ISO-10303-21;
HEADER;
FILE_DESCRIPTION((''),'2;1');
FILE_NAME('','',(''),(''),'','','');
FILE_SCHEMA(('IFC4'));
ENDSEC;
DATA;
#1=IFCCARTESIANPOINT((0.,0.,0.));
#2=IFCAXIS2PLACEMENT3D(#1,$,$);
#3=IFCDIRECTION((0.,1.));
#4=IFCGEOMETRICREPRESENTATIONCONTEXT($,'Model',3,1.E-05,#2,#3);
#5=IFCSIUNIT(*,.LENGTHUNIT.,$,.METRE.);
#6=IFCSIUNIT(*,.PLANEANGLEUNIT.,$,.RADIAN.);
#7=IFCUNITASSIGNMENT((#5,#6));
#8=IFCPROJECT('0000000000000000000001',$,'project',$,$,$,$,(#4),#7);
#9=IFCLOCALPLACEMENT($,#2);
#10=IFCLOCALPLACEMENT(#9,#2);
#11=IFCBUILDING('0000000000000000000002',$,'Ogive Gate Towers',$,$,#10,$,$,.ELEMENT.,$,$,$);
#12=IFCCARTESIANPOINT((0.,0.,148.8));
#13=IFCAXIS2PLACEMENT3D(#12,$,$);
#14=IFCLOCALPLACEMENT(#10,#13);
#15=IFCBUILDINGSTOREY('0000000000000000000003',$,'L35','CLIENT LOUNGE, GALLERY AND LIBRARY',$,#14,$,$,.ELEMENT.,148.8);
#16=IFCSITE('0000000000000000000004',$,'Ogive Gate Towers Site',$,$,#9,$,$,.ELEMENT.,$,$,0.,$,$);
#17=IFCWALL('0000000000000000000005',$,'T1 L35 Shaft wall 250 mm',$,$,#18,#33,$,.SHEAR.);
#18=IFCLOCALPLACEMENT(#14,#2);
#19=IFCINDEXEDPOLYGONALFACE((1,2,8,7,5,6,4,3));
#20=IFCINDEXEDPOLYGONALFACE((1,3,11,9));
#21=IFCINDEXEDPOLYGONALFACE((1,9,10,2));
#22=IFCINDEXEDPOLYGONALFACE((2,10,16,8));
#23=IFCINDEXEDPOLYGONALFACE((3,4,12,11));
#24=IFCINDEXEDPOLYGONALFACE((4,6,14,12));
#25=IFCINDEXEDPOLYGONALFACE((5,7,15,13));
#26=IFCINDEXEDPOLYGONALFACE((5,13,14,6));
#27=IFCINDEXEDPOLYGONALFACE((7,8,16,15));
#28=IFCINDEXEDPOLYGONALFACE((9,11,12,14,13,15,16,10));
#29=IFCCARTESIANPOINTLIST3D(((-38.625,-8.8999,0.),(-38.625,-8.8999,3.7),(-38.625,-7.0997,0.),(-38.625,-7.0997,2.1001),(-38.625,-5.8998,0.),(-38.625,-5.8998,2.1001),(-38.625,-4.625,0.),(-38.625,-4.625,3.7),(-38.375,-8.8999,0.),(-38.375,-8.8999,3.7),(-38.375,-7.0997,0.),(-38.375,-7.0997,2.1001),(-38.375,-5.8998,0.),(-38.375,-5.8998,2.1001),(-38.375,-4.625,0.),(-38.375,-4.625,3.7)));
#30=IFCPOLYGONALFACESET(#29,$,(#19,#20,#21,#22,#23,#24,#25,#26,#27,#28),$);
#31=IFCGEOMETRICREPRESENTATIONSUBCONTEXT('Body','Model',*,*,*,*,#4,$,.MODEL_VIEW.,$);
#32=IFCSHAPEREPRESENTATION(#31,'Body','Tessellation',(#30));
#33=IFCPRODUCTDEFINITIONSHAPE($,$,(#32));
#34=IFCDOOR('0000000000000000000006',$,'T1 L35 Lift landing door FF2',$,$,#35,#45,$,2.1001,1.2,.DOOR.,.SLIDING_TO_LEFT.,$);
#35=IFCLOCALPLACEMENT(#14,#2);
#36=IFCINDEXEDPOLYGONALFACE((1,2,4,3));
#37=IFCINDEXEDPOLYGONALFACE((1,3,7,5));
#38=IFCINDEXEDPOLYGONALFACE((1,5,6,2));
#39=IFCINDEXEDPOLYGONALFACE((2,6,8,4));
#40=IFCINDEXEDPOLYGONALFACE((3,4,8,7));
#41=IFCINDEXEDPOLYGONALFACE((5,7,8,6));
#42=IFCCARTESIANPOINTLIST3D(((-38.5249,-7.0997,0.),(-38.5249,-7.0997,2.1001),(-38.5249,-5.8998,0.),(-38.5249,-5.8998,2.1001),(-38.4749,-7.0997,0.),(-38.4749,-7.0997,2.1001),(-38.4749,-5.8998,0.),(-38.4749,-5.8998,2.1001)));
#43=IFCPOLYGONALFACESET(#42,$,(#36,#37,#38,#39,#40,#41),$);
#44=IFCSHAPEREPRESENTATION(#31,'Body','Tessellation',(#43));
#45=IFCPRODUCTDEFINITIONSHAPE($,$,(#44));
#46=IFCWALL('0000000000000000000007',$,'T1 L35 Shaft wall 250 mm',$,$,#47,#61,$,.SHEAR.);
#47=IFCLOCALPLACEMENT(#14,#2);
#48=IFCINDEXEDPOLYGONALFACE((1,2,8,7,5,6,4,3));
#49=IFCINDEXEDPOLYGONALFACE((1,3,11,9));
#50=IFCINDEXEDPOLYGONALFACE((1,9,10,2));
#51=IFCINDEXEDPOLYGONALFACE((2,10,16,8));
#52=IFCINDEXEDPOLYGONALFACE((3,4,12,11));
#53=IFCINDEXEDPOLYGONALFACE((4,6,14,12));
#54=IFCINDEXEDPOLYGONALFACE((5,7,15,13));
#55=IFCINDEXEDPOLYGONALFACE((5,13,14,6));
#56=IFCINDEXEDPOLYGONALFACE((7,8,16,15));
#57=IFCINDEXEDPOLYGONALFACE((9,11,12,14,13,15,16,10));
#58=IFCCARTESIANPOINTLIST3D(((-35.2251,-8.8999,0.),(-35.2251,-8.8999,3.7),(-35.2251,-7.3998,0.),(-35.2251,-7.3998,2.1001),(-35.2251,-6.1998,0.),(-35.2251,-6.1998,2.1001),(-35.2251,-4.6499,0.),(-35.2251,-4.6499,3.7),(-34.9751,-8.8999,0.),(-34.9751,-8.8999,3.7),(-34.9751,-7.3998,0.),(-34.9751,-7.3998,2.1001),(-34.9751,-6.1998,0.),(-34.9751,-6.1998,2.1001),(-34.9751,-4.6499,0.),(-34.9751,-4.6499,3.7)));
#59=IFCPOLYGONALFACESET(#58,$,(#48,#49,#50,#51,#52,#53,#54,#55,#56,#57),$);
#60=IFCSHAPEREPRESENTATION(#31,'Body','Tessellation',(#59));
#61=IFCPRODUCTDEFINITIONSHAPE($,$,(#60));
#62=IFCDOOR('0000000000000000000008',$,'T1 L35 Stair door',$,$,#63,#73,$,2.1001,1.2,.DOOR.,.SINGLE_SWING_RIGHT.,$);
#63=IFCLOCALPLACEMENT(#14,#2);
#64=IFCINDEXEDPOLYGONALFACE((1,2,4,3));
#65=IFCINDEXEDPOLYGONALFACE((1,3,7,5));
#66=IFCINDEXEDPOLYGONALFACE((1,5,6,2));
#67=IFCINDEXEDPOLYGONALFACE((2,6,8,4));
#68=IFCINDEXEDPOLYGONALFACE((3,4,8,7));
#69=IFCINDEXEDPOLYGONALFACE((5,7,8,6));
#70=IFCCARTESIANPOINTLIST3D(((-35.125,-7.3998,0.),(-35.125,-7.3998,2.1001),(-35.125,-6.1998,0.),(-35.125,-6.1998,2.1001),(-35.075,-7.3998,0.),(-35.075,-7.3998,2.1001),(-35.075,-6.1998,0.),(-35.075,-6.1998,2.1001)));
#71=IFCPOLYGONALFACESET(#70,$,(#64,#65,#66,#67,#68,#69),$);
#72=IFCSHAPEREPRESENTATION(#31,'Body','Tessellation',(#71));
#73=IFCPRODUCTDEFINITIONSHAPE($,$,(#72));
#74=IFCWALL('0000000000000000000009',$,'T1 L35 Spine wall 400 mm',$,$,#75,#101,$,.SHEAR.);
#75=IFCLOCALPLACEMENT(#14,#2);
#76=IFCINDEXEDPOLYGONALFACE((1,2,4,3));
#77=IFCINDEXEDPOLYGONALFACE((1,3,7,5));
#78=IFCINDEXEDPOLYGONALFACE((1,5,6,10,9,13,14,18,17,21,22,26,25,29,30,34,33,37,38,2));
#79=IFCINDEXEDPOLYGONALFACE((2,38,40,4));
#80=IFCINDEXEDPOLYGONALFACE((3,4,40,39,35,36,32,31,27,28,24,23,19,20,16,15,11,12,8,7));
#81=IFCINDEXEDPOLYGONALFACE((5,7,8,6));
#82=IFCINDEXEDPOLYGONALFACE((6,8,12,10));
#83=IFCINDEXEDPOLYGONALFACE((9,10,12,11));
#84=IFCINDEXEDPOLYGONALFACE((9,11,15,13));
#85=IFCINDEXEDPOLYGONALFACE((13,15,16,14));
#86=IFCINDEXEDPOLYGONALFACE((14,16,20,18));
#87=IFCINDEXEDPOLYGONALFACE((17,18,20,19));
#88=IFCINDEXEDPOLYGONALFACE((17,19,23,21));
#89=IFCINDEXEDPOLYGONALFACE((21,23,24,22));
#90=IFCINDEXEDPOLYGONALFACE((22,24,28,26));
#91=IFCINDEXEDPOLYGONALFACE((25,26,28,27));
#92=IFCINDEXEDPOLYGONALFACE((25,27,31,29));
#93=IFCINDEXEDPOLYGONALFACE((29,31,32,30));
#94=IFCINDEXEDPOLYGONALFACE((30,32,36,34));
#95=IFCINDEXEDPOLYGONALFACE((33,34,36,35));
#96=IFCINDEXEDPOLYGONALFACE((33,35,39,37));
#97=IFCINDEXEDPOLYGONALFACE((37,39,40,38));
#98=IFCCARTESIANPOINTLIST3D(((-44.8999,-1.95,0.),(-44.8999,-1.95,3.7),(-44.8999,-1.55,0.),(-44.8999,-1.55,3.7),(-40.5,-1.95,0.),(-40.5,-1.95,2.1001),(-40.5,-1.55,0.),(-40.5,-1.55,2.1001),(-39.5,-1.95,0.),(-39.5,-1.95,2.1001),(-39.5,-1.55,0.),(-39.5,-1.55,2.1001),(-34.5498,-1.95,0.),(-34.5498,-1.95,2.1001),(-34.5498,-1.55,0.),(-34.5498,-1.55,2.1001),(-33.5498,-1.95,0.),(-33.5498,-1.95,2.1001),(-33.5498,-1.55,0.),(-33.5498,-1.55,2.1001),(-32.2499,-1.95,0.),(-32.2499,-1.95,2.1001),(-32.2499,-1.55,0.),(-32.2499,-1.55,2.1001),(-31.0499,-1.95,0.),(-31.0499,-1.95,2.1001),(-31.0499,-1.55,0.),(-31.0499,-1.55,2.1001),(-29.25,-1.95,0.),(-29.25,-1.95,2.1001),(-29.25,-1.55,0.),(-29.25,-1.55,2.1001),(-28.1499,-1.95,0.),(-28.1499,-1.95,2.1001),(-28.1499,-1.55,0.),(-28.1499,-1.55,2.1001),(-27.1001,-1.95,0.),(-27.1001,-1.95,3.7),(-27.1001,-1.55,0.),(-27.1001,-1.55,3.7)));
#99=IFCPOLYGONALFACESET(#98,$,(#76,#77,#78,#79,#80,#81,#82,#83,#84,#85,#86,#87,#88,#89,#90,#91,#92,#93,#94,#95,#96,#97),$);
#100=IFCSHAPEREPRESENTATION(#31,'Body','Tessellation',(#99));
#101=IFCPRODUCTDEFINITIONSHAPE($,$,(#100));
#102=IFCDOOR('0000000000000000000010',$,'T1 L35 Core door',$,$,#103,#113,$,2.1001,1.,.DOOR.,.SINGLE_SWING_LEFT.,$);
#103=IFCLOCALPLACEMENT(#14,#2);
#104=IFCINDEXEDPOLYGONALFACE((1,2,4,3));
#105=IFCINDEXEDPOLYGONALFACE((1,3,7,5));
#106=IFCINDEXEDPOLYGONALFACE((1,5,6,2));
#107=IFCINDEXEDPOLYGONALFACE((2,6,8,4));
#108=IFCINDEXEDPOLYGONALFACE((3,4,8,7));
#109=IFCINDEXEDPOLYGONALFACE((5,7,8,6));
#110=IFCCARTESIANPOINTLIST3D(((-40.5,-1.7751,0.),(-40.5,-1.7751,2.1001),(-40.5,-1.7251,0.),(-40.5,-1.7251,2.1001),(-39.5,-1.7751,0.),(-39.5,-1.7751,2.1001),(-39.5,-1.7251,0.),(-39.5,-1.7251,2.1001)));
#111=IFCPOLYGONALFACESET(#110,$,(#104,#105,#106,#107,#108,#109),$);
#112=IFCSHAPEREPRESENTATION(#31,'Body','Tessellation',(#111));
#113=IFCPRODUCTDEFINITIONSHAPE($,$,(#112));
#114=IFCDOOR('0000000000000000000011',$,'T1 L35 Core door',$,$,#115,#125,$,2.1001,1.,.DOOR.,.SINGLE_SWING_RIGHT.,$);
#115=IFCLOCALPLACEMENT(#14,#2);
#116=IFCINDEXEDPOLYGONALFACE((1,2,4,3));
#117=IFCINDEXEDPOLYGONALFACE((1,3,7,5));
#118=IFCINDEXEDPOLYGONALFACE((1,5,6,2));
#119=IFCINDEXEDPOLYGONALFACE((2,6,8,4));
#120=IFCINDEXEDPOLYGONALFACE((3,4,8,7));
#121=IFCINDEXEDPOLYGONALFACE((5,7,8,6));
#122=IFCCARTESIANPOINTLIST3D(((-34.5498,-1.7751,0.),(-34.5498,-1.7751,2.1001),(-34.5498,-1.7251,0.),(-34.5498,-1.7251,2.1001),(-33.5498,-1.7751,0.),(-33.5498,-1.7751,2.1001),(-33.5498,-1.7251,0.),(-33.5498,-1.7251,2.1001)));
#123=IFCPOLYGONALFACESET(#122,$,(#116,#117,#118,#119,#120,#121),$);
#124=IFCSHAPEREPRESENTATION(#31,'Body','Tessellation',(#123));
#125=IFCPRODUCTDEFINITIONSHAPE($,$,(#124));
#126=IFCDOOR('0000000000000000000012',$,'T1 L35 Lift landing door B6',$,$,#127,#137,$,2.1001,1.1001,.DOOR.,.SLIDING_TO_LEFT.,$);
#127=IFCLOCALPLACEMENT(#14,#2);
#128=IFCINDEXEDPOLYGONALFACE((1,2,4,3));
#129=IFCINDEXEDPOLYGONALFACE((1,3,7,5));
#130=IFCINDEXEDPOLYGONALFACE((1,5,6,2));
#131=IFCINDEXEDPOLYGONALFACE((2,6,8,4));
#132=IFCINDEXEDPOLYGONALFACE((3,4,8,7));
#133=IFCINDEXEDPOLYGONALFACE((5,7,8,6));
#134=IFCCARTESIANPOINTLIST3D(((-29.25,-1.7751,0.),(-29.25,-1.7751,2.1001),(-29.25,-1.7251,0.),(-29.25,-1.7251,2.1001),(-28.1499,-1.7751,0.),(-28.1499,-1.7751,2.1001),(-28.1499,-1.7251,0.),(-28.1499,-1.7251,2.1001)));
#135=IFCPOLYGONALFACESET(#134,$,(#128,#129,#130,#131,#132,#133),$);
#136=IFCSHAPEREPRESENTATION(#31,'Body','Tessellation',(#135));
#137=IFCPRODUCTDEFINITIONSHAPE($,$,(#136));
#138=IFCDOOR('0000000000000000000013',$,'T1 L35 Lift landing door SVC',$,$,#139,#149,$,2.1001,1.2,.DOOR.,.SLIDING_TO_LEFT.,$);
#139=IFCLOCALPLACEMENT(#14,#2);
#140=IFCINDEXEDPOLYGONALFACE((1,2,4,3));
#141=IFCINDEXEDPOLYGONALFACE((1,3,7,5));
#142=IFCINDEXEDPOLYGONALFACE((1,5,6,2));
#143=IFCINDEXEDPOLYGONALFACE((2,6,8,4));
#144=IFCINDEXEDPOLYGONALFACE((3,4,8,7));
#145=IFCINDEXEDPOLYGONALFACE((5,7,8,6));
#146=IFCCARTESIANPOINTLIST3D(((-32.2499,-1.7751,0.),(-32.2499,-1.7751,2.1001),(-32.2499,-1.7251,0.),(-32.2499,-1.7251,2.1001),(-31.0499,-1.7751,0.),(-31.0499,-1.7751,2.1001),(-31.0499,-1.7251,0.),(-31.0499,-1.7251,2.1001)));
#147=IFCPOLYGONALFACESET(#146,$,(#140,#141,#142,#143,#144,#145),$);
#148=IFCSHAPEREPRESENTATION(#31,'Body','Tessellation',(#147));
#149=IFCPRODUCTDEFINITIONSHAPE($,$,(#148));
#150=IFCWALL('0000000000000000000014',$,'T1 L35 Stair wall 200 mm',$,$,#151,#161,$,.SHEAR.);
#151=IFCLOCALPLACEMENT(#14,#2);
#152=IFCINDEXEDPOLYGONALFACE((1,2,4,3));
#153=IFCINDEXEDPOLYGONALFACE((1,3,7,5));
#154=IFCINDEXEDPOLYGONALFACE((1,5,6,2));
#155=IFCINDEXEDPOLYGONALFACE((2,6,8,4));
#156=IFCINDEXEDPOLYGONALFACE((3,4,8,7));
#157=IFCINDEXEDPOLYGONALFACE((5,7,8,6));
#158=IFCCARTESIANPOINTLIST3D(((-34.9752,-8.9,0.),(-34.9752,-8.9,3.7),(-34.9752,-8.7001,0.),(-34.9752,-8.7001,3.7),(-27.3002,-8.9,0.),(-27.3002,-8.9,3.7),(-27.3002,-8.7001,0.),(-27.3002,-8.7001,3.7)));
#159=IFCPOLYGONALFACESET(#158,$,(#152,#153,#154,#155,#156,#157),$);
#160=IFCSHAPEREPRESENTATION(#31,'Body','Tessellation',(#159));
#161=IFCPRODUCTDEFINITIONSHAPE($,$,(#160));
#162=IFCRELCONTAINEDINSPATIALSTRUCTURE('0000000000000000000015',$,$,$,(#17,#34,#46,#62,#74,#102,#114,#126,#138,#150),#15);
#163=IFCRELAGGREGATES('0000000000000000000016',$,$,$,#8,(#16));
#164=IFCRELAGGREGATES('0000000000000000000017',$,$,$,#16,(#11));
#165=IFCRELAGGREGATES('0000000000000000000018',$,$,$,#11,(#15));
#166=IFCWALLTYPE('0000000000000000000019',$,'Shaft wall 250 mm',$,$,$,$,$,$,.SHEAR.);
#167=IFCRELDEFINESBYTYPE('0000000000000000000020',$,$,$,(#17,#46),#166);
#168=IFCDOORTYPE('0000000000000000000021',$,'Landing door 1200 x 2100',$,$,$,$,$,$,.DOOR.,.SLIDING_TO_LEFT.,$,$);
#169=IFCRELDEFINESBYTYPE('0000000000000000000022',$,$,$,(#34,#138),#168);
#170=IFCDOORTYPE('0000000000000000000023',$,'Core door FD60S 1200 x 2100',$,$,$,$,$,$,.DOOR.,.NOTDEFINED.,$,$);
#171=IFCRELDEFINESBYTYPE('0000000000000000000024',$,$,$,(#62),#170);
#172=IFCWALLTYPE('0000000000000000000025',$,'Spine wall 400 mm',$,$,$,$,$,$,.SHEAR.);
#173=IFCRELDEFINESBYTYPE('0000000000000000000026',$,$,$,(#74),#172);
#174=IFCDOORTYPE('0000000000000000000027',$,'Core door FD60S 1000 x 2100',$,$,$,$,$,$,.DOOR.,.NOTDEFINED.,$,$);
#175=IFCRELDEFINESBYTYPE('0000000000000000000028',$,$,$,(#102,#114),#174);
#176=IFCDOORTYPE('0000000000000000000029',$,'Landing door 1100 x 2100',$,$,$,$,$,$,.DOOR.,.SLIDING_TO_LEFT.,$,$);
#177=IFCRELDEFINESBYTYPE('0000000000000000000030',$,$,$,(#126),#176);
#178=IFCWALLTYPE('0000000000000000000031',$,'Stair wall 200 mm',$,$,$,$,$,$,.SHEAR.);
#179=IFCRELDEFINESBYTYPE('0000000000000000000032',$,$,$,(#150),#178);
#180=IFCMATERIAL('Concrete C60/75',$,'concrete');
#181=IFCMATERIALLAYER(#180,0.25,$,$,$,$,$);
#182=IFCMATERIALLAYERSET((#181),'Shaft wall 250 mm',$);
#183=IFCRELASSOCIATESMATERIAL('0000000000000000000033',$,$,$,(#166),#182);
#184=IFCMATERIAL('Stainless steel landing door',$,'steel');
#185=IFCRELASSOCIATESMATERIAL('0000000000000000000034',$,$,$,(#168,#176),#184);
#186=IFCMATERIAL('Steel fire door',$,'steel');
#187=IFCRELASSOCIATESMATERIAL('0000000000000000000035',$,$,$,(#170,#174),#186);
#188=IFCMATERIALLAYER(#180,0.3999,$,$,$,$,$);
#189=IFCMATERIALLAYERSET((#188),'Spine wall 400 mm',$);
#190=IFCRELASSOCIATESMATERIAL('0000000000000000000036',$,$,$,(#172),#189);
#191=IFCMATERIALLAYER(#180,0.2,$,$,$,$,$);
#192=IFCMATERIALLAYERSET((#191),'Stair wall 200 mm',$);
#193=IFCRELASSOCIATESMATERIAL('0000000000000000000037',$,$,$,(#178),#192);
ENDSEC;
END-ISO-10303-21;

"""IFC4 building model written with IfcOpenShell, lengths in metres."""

from ifc_helpers import new_model, si_unit, direction, frame, frame_2d, origin, place, context, subcontext, project, spatial, rectangle, extrude, material, layer, layer_set, type_object, element, fill, save


model = new_model("IFC4")

# Units and contexts
model_context = context("Model", 3, precision=1e-05, world=origin(), true_north=direction((0.0, 1.0)))
body_context = subcontext(model_context, "Body", "Model", "MODEL_VIEW")
ifc_project = project(units=[si_unit("LENGTHUNIT", "METRE"), si_unit("PLANEANGLEUNIT", "RADIAN")], contexts=[model_context])

# Site, building, storey
site_placement = place(None, origin())
site = spatial("IfcSite", under=ifc_project, at=site_placement, Name="Ogive Gate Towers Site", CompositionType="ELEMENT", RefElevation=0.0)
building_placement = place(site_placement, origin())
building = spatial("IfcBuilding", under=site, at=building_placement, Name="Ogive Gate Towers", CompositionType="ELEMENT")
storey_placement = place(building_placement, frame((0.0, 0.0, 148.8)))
storey = spatial("IfcBuildingStorey", under=building, at=storey_placement, Name="L35", Description="CLIENT LOUNGE, GALLERY AND LIBRARY", CompositionType="ELEMENT", Elevation=148.8)

# Shared definitions
ifc_material_1 = material(Name="Concrete C60/75", Category="concrete")
ifc_layer_1 = layer(ifc_material_1, 0.25)
ifc_layer_set_1 = layer_set([ifc_layer_1], Name="Shaft wall 250 mm")
wall_type_1 = type_object("IfcWallType", Name="Shaft wall 250 mm", PredefinedType="SHEAR", material=ifc_layer_set_1)

# Walls, openings, doors
wall_1_placement = place(storey_placement, frame((-38.5, -8.8999, 0.0), z_axis=(0.0, 0.0, 1.0), x_axis=(0.0, 1.0, 0.0)))
wall_1 = element("IfcWall", 1, at=wall_1_placement, inside=storey, type_object=wall_type_1, Name="T1 L35 Shaft wall 250 mm", PredefinedType="SHEAR", context=body_context, shape_type="SweptSolid", body=[
    extrude(rectangle(XDim=4.2749, YDim=0.25, at=frame_2d((2.1375, 0.0))), origin(), (0.0, 0.0, 1.0), 3.7),
])
opening_1_placement = place(wall_1_placement, frame((1.8, 0.0, 0.0)))
opening_1 = element("IfcOpeningElement", 2, at=opening_1_placement, cuts=wall_1, PredefinedType="OPENING", context=body_context, shape_type="SweptSolid", body=[
    extrude(rectangle(XDim=1.2, YDim=2.1001, at=frame_2d((0.6001, 1.05))), frame((0.0, 0.135, 0.0), z_axis=(0.0, -1.0, 0.0), x_axis=(1.0, 0.0, 0.0)), (0.0, 0.0, 1.0), 0.27),
])
ifc_material_2 = material(Name="Stainless steel landing door", Category="steel")
door_type_1 = type_object("IfcDoorType", Name="Landing door 1200 x 2100", OperationType="SLIDING_TO_LEFT", PredefinedType="DOOR", material=ifc_material_2)
door_1_placement = place(opening_1_placement, origin())
door_1 = element("IfcDoor", 3, at=door_1_placement, inside=storey, type_object=door_type_1, Name="T1 L35 Lift landing door FF2", OperationType="SLIDING_TO_LEFT", OverallHeight=2.1001, OverallWidth=1.2, PredefinedType="DOOR", context=body_context, shape_type="SweptSolid", body=[
    extrude(rectangle(XDim=1.2, YDim=2.1001, at=frame_2d((0.6001, 1.05))), frame((0.0, 0.0249, 0.0), z_axis=(0.0, -1.0, 0.0), x_axis=(1.0, 0.0, 0.0)), (0.0, 0.0, 1.0), 0.05),
])
fill(opening_1, door_1)
wall_2_placement = place(storey_placement, frame((-35.1001, -8.8999, 0.0), z_axis=(0.0, 0.0, 1.0), x_axis=(0.0, 1.0, 0.0)))
wall_2 = element("IfcWall", 4, at=wall_2_placement, inside=storey, type_object=wall_type_1, Name="T1 L35 Shaft wall 250 mm", PredefinedType="SHEAR", context=body_context, shape_type="SweptSolid", body=[
    extrude(rectangle(XDim=4.25, YDim=0.25, at=frame_2d((2.125, 0.0))), origin(), (0.0, 0.0, 1.0), 3.7),
])
opening_2_placement = place(wall_2_placement, frame((1.5, 0.0, 0.0)))
opening_2 = element("IfcOpeningElement", 5, at=opening_2_placement, cuts=wall_2, PredefinedType="OPENING", context=body_context, shape_type="SweptSolid", body=[
    extrude(rectangle(XDim=1.2, YDim=2.1001, at=frame_2d((0.6001, 1.05))), frame((0.0, 0.135, 0.0), z_axis=(0.0, -1.0, 0.0), x_axis=(1.0, 0.0, 0.0)), (0.0, 0.0, 1.0), 0.27),
])
ifc_material_3 = material(Name="Steel fire door", Category="steel")
door_type_2 = type_object("IfcDoorType", Name="Core door FD60S 1200 x 2100", OperationType="NOTDEFINED", PredefinedType="DOOR", material=ifc_material_3)
door_2_placement = place(opening_2_placement, origin())
door_2 = element("IfcDoor", 6, at=door_2_placement, inside=storey, type_object=door_type_2, Name="T1 L35 Stair door", OperationType="SINGLE_SWING_RIGHT", OverallHeight=2.1001, OverallWidth=1.2, PredefinedType="DOOR", context=body_context, shape_type="SweptSolid", body=[
    extrude(rectangle(XDim=1.2, YDim=2.1001, at=frame_2d((0.6001, 1.05))), frame((0.0, 0.0249, 0.0), z_axis=(0.0, -1.0, 0.0), x_axis=(1.0, 0.0, 0.0)), (0.0, 0.0, 1.0), 0.05),
])
fill(opening_2, door_2)

# Wall, openings, doors
ifc_layer_2 = layer(ifc_material_1, 0.3999)
ifc_layer_set_2 = layer_set([ifc_layer_2], Name="Spine wall 400 mm")
wall_type_2 = type_object("IfcWallType", Name="Spine wall 400 mm", PredefinedType="SHEAR", material=ifc_layer_set_2)
wall_3_placement = place(storey_placement, frame((-44.8999, -1.75, 0.0), z_axis=(0.0, 0.0, 1.0), x_axis=(1.0, 0.0, 0.0)))
wall_3 = element("IfcWall", 7, at=wall_3_placement, inside=storey, type_object=wall_type_2, Name="T1 L35 Spine wall 400 mm", PredefinedType="SHEAR", context=body_context, shape_type="SweptSolid", body=[
    extrude(rectangle(XDim=17.7998, YDim=0.3999, at=frame_2d((8.8999, 0.0))), origin(), (0.0, 0.0, 1.0), 3.7),
])
opening_3_placement = place(wall_3_placement, frame((12.6499, 0.0, 0.0)))
opening_3 = element("IfcOpeningElement", 8, at=opening_3_placement, cuts=wall_3, PredefinedType="OPENING", context=body_context, shape_type="SweptSolid", body=[
    extrude(rectangle(XDim=1.2, YDim=2.1001, at=frame_2d((0.6001, 1.05))), frame((0.0, 0.21, 0.0), z_axis=(0.0, -1.0, 0.0), x_axis=(1.0, 0.0, 0.0)), (0.0, 0.0, 1.0), 0.4199),
])
opening_4_placement = place(wall_3_placement, frame((15.6499, 0.0, 0.0)))
opening_4 = element("IfcOpeningElement", 9, at=opening_4_placement, cuts=wall_3, PredefinedType="OPENING", context=body_context, shape_type="SweptSolid", body=[
    extrude(rectangle(XDim=1.1001, YDim=2.1001, at=frame_2d((0.55, 1.05))), frame((0.0, 0.21, 0.0), z_axis=(0.0, -1.0, 0.0), x_axis=(1.0, 0.0, 0.0)), (0.0, 0.0, 1.0), 0.4199),
])
opening_5_placement = place(wall_3_placement, frame((4.3999, 0.0, 0.0)))
opening_5 = element("IfcOpeningElement", 10, at=opening_5_placement, cuts=wall_3, PredefinedType="OPENING", context=body_context, shape_type="SweptSolid", body=[
    extrude(rectangle(XDim=1.0, YDim=2.1001, at=frame_2d((0.5, 1.05))), frame((0.0, 0.21, 0.0), z_axis=(0.0, -1.0, 0.0), x_axis=(1.0, 0.0, 0.0)), (0.0, 0.0, 1.0), 0.4199),
])
opening_6_placement = place(wall_3_placement, frame((10.3501, 0.0, 0.0)))
opening_6 = element("IfcOpeningElement", 11, at=opening_6_placement, cuts=wall_3, PredefinedType="OPENING", context=body_context, shape_type="SweptSolid", body=[
    extrude(rectangle(XDim=1.0, YDim=2.1001, at=frame_2d((0.5, 1.05))), frame((0.0, 0.21, 0.0), z_axis=(0.0, -1.0, 0.0), x_axis=(1.0, 0.0, 0.0)), (0.0, 0.0, 1.0), 0.4199),
])
door_type_3 = type_object("IfcDoorType", Name="Core door FD60S 1000 x 2100", OperationType="NOTDEFINED", PredefinedType="DOOR", material=ifc_material_3)
door_3_placement = place(opening_5_placement, origin())
door_3 = element("IfcDoor", 12, at=door_3_placement, inside=storey, type_object=door_type_3, Name="T1 L35 Core door", OperationType="SINGLE_SWING_LEFT", OverallHeight=2.1001, OverallWidth=1.0, PredefinedType="DOOR", context=body_context, shape_type="SweptSolid", body=[
    extrude(rectangle(XDim=1.0, YDim=2.1001, at=frame_2d((0.5, 1.05))), frame((0.0, 0.0249, 0.0), z_axis=(0.0, -1.0, 0.0), x_axis=(1.0, 0.0, 0.0)), (0.0, 0.0, 1.0), 0.05),
])
fill(opening_5, door_3)
door_4_placement = place(opening_6_placement, origin())
door_4 = element("IfcDoor", 13, at=door_4_placement, inside=storey, type_object=door_type_3, Name="T1 L35 Core door", OperationType="SINGLE_SWING_RIGHT", OverallHeight=2.1001, OverallWidth=1.0, PredefinedType="DOOR", context=body_context, shape_type="SweptSolid", body=[
    extrude(rectangle(XDim=1.0, YDim=2.1001, at=frame_2d((0.5, 1.05))), frame((0.0, 0.0249, 0.0), z_axis=(0.0, -1.0, 0.0), x_axis=(1.0, 0.0, 0.0)), (0.0, 0.0, 1.0), 0.05),
])
fill(opening_6, door_4)
door_type_4 = type_object("IfcDoorType", Name="Landing door 1100 x 2100", OperationType="SLIDING_TO_LEFT", PredefinedType="DOOR", material=ifc_material_2)
door_5_placement = place(opening_4_placement, origin())
door_5 = element("IfcDoor", 14, at=door_5_placement, inside=storey, type_object=door_type_4, Name="T1 L35 Lift landing door B6", OperationType="SLIDING_TO_LEFT", OverallHeight=2.1001, OverallWidth=1.1001, PredefinedType="DOOR", context=body_context, shape_type="SweptSolid", body=[
    extrude(rectangle(XDim=1.1001, YDim=2.1001, at=frame_2d((0.55, 1.05))), frame((0.0, 0.0249, 0.0), z_axis=(0.0, -1.0, 0.0), x_axis=(1.0, 0.0, 0.0)), (0.0, 0.0, 1.0), 0.05),
])
fill(opening_4, door_5)
door_6_placement = place(opening_3_placement, origin())
door_6 = element("IfcDoor", 15, at=door_6_placement, inside=storey, type_object=door_type_1, Name="T1 L35 Lift landing door SVC", OperationType="SLIDING_TO_LEFT", OverallHeight=2.1001, OverallWidth=1.2, PredefinedType="DOOR", context=body_context, shape_type="SweptSolid", body=[
    extrude(rectangle(XDim=1.2, YDim=2.1001, at=frame_2d((0.6001, 1.05))), frame((0.0, 0.0249, 0.0), z_axis=(0.0, -1.0, 0.0), x_axis=(1.0, 0.0, 0.0)), (0.0, 0.0, 1.0), 0.05),
])
fill(opening_3, door_6)

# Wall
ifc_layer_3 = layer(ifc_material_1, 0.2)
ifc_layer_set_3 = layer_set([ifc_layer_3], Name="Stair wall 200 mm")
wall_type_3 = type_object("IfcWallType", Name="Stair wall 200 mm", PredefinedType="SHEAR", material=ifc_layer_set_3)
wall_4_placement = place(storey_placement, frame((-34.9751, -8.8, 0.0), z_axis=(0.0, 0.0, 1.0), x_axis=(1.0, 0.0, 0.0)))
element("IfcWall", 16, at=wall_4_placement, inside=storey, type_object=wall_type_3, Name="T1 L35 Stair wall 200 mm", PredefinedType="SHEAR", context=body_context, shape_type="SweptSolid", body=[
    extrude(rectangle(XDim=7.675, YDim=0.2, at=frame_2d((3.8374, 0.0))), origin(), (0.0, 0.0, 1.0), 3.7),
])

save(model, "model.ifc")
